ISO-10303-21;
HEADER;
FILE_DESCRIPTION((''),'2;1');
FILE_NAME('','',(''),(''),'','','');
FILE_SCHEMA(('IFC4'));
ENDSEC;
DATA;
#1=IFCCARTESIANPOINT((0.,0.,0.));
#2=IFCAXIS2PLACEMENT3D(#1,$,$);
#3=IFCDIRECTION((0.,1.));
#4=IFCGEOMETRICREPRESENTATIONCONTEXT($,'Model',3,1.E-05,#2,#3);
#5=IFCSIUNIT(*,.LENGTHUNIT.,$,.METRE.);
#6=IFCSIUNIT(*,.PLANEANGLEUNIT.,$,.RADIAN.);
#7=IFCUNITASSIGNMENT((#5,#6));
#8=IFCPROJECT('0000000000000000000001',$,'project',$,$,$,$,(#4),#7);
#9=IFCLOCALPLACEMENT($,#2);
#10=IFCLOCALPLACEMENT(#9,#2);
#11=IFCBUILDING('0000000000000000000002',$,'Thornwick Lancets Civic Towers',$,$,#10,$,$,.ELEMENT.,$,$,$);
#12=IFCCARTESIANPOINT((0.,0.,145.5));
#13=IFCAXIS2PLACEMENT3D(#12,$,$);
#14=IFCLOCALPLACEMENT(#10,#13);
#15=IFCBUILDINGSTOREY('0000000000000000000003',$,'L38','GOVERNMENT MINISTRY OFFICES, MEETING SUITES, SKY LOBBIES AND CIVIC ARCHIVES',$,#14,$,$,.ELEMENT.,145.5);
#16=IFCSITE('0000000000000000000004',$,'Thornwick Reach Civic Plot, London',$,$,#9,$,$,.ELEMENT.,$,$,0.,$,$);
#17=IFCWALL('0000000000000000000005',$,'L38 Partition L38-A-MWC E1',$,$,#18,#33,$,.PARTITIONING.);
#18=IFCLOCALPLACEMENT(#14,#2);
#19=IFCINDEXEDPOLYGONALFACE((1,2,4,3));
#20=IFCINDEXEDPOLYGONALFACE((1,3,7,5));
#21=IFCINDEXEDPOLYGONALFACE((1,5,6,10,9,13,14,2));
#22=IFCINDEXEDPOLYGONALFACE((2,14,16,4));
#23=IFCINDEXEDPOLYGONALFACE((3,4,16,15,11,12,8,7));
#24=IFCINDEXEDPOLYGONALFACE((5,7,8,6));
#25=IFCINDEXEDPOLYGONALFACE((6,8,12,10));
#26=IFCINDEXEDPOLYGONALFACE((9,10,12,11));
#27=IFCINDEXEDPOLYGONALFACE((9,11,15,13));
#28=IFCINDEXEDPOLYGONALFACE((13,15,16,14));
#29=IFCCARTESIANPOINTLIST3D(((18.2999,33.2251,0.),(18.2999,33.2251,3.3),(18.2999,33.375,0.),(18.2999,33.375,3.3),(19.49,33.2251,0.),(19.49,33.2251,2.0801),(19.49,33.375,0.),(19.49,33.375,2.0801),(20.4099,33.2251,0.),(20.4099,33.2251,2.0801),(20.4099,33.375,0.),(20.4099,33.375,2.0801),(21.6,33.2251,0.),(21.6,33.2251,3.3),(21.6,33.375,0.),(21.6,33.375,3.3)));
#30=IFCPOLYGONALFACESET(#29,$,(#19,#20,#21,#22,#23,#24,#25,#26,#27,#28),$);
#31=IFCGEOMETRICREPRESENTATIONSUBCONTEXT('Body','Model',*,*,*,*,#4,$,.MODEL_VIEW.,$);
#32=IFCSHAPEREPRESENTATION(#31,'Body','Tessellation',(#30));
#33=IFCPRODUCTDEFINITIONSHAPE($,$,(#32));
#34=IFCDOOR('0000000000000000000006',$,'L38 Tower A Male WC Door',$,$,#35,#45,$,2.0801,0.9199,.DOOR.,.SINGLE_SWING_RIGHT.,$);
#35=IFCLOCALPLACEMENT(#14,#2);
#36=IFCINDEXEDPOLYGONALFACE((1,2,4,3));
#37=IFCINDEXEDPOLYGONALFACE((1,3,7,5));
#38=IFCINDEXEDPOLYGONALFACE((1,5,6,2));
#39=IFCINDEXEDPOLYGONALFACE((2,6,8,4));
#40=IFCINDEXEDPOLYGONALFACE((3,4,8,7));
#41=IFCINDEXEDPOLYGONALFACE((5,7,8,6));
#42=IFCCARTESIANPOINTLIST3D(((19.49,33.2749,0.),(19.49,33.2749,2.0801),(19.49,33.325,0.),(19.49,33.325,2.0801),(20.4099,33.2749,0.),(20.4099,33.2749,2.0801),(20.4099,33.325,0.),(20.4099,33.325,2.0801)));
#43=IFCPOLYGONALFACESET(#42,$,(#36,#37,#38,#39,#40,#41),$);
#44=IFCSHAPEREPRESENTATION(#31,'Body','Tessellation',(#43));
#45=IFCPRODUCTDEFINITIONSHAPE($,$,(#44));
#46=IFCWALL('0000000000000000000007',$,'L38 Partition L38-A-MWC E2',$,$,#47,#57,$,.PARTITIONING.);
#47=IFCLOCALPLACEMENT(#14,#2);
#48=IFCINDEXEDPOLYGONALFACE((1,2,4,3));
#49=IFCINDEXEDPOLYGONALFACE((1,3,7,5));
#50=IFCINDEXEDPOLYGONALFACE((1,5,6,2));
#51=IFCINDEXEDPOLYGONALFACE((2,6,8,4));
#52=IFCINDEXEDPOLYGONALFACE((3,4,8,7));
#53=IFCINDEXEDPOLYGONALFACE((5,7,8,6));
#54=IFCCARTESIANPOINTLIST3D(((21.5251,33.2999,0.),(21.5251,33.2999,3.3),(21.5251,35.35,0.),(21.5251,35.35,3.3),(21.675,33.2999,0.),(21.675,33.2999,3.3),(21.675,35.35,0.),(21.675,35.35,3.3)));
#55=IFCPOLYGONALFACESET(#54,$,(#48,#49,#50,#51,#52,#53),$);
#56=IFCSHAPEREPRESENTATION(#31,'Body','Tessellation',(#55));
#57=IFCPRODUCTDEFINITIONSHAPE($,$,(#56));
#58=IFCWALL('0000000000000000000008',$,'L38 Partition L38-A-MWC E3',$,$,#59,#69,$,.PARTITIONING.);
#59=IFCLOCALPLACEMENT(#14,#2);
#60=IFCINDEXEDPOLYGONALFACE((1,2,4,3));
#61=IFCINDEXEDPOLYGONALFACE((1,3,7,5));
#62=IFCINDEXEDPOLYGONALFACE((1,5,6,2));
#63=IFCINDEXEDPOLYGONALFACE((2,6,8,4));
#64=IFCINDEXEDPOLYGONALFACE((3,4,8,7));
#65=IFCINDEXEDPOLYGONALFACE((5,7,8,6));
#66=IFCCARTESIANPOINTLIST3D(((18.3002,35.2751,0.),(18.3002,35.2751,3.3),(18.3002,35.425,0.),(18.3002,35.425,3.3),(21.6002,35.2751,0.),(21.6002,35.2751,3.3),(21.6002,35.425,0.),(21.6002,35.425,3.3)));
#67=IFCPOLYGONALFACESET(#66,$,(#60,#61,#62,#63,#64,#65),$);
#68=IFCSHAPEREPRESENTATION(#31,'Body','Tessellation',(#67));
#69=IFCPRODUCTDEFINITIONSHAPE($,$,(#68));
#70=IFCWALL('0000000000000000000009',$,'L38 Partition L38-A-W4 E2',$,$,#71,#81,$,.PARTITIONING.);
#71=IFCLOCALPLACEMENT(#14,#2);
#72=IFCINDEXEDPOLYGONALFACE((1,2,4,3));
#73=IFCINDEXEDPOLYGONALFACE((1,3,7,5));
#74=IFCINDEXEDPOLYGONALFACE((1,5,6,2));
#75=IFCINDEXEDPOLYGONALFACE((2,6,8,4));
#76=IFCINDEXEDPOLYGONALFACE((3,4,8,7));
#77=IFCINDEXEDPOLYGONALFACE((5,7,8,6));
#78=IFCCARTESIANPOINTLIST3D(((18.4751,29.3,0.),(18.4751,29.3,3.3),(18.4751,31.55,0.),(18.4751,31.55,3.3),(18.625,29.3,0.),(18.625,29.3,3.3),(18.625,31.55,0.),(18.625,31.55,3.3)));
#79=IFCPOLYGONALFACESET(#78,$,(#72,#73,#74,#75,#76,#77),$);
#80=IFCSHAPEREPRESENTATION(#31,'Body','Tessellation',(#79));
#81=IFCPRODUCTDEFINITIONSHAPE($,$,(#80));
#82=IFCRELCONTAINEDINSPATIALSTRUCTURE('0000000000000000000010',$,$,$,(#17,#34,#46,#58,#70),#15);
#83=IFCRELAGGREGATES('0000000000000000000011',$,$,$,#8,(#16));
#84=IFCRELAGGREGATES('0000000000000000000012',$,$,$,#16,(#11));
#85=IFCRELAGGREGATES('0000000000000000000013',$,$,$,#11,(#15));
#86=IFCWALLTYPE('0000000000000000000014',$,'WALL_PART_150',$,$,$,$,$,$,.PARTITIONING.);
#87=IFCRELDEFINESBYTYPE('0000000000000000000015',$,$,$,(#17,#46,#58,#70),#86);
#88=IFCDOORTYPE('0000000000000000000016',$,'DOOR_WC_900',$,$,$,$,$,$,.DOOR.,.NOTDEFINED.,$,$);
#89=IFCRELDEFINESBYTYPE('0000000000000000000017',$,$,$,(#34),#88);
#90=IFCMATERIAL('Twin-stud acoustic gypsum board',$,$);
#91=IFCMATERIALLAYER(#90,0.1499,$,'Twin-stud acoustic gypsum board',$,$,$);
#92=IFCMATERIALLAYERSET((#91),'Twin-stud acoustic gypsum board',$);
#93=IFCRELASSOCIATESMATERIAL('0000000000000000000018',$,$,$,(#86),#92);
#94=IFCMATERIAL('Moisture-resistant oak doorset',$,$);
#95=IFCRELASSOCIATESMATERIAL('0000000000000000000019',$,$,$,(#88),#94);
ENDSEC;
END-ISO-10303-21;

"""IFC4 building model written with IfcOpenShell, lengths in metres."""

from ifc_helpers import new_model, si_unit, direction, frame, frame_2d, origin, place, context, subcontext, project, spatial, rectangle, extrude, material, layer, layer_set, type_object, element, fill, save


model = new_model("IFC4")

# Units and contexts
model_context = context("Model", 3, precision=1e-05, world=origin(), true_north=direction((0.0, 1.0)))
body_context = subcontext(model_context, "Body", "Model", "MODEL_VIEW")
ifc_project = project(units=[si_unit("LENGTHUNIT", "METRE"), si_unit("PLANEANGLEUNIT", "RADIAN")], contexts=[model_context])

# Site, building, storey
site_placement = place(None, origin())
site = spatial("IfcSite", under=ifc_project, at=site_placement, Name="Thornwick Reach Civic Plot, London", CompositionType="ELEMENT", RefElevation=0.0)
building_placement = place(site_placement, origin())
building = spatial("IfcBuilding", under=site, at=building_placement, Name="Thornwick Lancets Civic Towers", CompositionType="ELEMENT")
storey_placement = place(building_placement, frame((0.0, 0.0, 145.5)))
storey = spatial("IfcBuildingStorey", under=building, at=storey_placement, Name="L38", Description="GOVERNMENT MINISTRY OFFICES, MEETING SUITES, SKY LOBBIES AND CIVIC ARCHIVES", CompositionType="ELEMENT", Elevation=145.5)

# Wall, opening, door
ifc_material_1 = material(Name="Twin-stud acoustic gypsum board")
ifc_layer_1 = layer(ifc_material_1, 0.1499, Name="Twin-stud acoustic gypsum board")
ifc_layer_set_1 = layer_set([ifc_layer_1], Name="Twin-stud acoustic gypsum board")
wall_type_1 = type_object("IfcWallType", Name="WALL_PART_150", PredefinedType="PARTITIONING", material=ifc_layer_set_1)
wall_1_placement = place(storey_placement, frame((18.3, 33.3, 0.0), z_axis=(0.0, 0.0, 1.0), x_axis=(1.0, 0.0, 0.0)))
wall_1 = element("IfcWall", 1, at=wall_1_placement, inside=storey, type_object=wall_type_1, Name="L38 Partition L38-A-MWC E1", PredefinedType="PARTITIONING", context=body_context, shape_type="SweptSolid", body=[
    extrude(rectangle(XDim=3.3, YDim=0.1499, at=frame_2d((1.6499, 0.0))), origin(), (0.0, 0.0, 1.0), 3.3),
])
opening_1_placement = place(wall_1_placement, frame((1.1899, 0.0, 0.0)))
opening_1 = element("IfcOpeningElement", 2, at=opening_1_placement, cuts=wall_1, PredefinedType="OPENING", context=body_context, shape_type="SweptSolid", body=[
    extrude(rectangle(XDim=0.9199, YDim=2.0801, at=frame_2d((0.46, 1.04))), frame((0.0, 0.085, 0.0), z_axis=(0.0, -1.0, 0.0), x_axis=(1.0, 0.0, 0.0)), (0.0, 0.0, 1.0), 0.1699),
])
ifc_material_2 = material(Name="Moisture-resistant oak doorset")
door_type_1 = type_object("IfcDoorType", Name="DOOR_WC_900", OperationType="NOTDEFINED", PredefinedType="DOOR", material=ifc_material_2)
door_1_placement = place(opening_1_placement, origin())
door_1 = element("IfcDoor", 3, at=door_1_placement, inside=storey, type_object=door_type_1, Name="L38 Tower A Male WC Door", OperationType="SINGLE_SWING_RIGHT", OverallHeight=2.0801, OverallWidth=0.9199, PredefinedType="DOOR", context=body_context, shape_type="SweptSolid", body=[
    extrude(rectangle(XDim=0.9199, YDim=2.0801, at=frame_2d((0.46, 1.04))), frame((0.0, 0.0249, 0.0), z_axis=(0.0, -1.0, 0.0), x_axis=(1.0, 0.0, 0.0)), (0.0, 0.0, 1.0), 0.05),
])
fill(opening_1, door_1)

# Walls
wall_2_placement = place(storey_placement, frame((21.6001, 33.3, 0.0), z_axis=(0.0, 0.0, 1.0), x_axis=(0.0, 1.0, 0.0)))
element("IfcWall", 4, at=wall_2_placement, inside=storey, type_object=wall_type_1, Name="L38 Partition L38-A-MWC E2", PredefinedType="PARTITIONING", context=body_context, shape_type="SweptSolid", body=[
    extrude(rectangle(XDim=2.05, YDim=0.1499, at=frame_2d((1.0249, 0.0))), origin(), (0.0, 0.0, 1.0), 3.3),
])
wall_3_placement = place(storey_placement, frame((21.6001, 35.3501, 0.0), z_axis=(0.0, 0.0, 1.0), x_axis=(-1.0, 0.0, 0.0)))
element("IfcWall", 5, at=wall_3_placement, inside=storey, type_object=wall_type_1, Name="L38 Partition L38-A-MWC E3", PredefinedType="PARTITIONING", context=body_context, shape_type="SweptSolid", body=[
    extrude(rectangle(XDim=3.3, YDim=0.1499, at=frame_2d((1.6499, 0.0))), origin(), (0.0, 0.0, 1.0), 3.3),
])

# Wall
wall_4_placement = place(storey_placement, frame((18.55, 31.55, 0.0), z_axis=(0.0, 0.0, 1.0), x_axis=(0.0, -1.0, 0.0)))
element("IfcWall", 6, at=wall_4_placement, inside=storey, type_object=wall_type_1, Name="L38 Partition L38-A-W4 E2", PredefinedType="PARTITIONING", context=body_context, shape_type="SweptSolid", body=[
    extrude(rectangle(XDim=2.25, YDim=0.1499, at=frame_2d((1.125, 0.0))), origin(), (0.0, 0.0, 1.0), 3.3),
])

save(model, "model.ifc")
